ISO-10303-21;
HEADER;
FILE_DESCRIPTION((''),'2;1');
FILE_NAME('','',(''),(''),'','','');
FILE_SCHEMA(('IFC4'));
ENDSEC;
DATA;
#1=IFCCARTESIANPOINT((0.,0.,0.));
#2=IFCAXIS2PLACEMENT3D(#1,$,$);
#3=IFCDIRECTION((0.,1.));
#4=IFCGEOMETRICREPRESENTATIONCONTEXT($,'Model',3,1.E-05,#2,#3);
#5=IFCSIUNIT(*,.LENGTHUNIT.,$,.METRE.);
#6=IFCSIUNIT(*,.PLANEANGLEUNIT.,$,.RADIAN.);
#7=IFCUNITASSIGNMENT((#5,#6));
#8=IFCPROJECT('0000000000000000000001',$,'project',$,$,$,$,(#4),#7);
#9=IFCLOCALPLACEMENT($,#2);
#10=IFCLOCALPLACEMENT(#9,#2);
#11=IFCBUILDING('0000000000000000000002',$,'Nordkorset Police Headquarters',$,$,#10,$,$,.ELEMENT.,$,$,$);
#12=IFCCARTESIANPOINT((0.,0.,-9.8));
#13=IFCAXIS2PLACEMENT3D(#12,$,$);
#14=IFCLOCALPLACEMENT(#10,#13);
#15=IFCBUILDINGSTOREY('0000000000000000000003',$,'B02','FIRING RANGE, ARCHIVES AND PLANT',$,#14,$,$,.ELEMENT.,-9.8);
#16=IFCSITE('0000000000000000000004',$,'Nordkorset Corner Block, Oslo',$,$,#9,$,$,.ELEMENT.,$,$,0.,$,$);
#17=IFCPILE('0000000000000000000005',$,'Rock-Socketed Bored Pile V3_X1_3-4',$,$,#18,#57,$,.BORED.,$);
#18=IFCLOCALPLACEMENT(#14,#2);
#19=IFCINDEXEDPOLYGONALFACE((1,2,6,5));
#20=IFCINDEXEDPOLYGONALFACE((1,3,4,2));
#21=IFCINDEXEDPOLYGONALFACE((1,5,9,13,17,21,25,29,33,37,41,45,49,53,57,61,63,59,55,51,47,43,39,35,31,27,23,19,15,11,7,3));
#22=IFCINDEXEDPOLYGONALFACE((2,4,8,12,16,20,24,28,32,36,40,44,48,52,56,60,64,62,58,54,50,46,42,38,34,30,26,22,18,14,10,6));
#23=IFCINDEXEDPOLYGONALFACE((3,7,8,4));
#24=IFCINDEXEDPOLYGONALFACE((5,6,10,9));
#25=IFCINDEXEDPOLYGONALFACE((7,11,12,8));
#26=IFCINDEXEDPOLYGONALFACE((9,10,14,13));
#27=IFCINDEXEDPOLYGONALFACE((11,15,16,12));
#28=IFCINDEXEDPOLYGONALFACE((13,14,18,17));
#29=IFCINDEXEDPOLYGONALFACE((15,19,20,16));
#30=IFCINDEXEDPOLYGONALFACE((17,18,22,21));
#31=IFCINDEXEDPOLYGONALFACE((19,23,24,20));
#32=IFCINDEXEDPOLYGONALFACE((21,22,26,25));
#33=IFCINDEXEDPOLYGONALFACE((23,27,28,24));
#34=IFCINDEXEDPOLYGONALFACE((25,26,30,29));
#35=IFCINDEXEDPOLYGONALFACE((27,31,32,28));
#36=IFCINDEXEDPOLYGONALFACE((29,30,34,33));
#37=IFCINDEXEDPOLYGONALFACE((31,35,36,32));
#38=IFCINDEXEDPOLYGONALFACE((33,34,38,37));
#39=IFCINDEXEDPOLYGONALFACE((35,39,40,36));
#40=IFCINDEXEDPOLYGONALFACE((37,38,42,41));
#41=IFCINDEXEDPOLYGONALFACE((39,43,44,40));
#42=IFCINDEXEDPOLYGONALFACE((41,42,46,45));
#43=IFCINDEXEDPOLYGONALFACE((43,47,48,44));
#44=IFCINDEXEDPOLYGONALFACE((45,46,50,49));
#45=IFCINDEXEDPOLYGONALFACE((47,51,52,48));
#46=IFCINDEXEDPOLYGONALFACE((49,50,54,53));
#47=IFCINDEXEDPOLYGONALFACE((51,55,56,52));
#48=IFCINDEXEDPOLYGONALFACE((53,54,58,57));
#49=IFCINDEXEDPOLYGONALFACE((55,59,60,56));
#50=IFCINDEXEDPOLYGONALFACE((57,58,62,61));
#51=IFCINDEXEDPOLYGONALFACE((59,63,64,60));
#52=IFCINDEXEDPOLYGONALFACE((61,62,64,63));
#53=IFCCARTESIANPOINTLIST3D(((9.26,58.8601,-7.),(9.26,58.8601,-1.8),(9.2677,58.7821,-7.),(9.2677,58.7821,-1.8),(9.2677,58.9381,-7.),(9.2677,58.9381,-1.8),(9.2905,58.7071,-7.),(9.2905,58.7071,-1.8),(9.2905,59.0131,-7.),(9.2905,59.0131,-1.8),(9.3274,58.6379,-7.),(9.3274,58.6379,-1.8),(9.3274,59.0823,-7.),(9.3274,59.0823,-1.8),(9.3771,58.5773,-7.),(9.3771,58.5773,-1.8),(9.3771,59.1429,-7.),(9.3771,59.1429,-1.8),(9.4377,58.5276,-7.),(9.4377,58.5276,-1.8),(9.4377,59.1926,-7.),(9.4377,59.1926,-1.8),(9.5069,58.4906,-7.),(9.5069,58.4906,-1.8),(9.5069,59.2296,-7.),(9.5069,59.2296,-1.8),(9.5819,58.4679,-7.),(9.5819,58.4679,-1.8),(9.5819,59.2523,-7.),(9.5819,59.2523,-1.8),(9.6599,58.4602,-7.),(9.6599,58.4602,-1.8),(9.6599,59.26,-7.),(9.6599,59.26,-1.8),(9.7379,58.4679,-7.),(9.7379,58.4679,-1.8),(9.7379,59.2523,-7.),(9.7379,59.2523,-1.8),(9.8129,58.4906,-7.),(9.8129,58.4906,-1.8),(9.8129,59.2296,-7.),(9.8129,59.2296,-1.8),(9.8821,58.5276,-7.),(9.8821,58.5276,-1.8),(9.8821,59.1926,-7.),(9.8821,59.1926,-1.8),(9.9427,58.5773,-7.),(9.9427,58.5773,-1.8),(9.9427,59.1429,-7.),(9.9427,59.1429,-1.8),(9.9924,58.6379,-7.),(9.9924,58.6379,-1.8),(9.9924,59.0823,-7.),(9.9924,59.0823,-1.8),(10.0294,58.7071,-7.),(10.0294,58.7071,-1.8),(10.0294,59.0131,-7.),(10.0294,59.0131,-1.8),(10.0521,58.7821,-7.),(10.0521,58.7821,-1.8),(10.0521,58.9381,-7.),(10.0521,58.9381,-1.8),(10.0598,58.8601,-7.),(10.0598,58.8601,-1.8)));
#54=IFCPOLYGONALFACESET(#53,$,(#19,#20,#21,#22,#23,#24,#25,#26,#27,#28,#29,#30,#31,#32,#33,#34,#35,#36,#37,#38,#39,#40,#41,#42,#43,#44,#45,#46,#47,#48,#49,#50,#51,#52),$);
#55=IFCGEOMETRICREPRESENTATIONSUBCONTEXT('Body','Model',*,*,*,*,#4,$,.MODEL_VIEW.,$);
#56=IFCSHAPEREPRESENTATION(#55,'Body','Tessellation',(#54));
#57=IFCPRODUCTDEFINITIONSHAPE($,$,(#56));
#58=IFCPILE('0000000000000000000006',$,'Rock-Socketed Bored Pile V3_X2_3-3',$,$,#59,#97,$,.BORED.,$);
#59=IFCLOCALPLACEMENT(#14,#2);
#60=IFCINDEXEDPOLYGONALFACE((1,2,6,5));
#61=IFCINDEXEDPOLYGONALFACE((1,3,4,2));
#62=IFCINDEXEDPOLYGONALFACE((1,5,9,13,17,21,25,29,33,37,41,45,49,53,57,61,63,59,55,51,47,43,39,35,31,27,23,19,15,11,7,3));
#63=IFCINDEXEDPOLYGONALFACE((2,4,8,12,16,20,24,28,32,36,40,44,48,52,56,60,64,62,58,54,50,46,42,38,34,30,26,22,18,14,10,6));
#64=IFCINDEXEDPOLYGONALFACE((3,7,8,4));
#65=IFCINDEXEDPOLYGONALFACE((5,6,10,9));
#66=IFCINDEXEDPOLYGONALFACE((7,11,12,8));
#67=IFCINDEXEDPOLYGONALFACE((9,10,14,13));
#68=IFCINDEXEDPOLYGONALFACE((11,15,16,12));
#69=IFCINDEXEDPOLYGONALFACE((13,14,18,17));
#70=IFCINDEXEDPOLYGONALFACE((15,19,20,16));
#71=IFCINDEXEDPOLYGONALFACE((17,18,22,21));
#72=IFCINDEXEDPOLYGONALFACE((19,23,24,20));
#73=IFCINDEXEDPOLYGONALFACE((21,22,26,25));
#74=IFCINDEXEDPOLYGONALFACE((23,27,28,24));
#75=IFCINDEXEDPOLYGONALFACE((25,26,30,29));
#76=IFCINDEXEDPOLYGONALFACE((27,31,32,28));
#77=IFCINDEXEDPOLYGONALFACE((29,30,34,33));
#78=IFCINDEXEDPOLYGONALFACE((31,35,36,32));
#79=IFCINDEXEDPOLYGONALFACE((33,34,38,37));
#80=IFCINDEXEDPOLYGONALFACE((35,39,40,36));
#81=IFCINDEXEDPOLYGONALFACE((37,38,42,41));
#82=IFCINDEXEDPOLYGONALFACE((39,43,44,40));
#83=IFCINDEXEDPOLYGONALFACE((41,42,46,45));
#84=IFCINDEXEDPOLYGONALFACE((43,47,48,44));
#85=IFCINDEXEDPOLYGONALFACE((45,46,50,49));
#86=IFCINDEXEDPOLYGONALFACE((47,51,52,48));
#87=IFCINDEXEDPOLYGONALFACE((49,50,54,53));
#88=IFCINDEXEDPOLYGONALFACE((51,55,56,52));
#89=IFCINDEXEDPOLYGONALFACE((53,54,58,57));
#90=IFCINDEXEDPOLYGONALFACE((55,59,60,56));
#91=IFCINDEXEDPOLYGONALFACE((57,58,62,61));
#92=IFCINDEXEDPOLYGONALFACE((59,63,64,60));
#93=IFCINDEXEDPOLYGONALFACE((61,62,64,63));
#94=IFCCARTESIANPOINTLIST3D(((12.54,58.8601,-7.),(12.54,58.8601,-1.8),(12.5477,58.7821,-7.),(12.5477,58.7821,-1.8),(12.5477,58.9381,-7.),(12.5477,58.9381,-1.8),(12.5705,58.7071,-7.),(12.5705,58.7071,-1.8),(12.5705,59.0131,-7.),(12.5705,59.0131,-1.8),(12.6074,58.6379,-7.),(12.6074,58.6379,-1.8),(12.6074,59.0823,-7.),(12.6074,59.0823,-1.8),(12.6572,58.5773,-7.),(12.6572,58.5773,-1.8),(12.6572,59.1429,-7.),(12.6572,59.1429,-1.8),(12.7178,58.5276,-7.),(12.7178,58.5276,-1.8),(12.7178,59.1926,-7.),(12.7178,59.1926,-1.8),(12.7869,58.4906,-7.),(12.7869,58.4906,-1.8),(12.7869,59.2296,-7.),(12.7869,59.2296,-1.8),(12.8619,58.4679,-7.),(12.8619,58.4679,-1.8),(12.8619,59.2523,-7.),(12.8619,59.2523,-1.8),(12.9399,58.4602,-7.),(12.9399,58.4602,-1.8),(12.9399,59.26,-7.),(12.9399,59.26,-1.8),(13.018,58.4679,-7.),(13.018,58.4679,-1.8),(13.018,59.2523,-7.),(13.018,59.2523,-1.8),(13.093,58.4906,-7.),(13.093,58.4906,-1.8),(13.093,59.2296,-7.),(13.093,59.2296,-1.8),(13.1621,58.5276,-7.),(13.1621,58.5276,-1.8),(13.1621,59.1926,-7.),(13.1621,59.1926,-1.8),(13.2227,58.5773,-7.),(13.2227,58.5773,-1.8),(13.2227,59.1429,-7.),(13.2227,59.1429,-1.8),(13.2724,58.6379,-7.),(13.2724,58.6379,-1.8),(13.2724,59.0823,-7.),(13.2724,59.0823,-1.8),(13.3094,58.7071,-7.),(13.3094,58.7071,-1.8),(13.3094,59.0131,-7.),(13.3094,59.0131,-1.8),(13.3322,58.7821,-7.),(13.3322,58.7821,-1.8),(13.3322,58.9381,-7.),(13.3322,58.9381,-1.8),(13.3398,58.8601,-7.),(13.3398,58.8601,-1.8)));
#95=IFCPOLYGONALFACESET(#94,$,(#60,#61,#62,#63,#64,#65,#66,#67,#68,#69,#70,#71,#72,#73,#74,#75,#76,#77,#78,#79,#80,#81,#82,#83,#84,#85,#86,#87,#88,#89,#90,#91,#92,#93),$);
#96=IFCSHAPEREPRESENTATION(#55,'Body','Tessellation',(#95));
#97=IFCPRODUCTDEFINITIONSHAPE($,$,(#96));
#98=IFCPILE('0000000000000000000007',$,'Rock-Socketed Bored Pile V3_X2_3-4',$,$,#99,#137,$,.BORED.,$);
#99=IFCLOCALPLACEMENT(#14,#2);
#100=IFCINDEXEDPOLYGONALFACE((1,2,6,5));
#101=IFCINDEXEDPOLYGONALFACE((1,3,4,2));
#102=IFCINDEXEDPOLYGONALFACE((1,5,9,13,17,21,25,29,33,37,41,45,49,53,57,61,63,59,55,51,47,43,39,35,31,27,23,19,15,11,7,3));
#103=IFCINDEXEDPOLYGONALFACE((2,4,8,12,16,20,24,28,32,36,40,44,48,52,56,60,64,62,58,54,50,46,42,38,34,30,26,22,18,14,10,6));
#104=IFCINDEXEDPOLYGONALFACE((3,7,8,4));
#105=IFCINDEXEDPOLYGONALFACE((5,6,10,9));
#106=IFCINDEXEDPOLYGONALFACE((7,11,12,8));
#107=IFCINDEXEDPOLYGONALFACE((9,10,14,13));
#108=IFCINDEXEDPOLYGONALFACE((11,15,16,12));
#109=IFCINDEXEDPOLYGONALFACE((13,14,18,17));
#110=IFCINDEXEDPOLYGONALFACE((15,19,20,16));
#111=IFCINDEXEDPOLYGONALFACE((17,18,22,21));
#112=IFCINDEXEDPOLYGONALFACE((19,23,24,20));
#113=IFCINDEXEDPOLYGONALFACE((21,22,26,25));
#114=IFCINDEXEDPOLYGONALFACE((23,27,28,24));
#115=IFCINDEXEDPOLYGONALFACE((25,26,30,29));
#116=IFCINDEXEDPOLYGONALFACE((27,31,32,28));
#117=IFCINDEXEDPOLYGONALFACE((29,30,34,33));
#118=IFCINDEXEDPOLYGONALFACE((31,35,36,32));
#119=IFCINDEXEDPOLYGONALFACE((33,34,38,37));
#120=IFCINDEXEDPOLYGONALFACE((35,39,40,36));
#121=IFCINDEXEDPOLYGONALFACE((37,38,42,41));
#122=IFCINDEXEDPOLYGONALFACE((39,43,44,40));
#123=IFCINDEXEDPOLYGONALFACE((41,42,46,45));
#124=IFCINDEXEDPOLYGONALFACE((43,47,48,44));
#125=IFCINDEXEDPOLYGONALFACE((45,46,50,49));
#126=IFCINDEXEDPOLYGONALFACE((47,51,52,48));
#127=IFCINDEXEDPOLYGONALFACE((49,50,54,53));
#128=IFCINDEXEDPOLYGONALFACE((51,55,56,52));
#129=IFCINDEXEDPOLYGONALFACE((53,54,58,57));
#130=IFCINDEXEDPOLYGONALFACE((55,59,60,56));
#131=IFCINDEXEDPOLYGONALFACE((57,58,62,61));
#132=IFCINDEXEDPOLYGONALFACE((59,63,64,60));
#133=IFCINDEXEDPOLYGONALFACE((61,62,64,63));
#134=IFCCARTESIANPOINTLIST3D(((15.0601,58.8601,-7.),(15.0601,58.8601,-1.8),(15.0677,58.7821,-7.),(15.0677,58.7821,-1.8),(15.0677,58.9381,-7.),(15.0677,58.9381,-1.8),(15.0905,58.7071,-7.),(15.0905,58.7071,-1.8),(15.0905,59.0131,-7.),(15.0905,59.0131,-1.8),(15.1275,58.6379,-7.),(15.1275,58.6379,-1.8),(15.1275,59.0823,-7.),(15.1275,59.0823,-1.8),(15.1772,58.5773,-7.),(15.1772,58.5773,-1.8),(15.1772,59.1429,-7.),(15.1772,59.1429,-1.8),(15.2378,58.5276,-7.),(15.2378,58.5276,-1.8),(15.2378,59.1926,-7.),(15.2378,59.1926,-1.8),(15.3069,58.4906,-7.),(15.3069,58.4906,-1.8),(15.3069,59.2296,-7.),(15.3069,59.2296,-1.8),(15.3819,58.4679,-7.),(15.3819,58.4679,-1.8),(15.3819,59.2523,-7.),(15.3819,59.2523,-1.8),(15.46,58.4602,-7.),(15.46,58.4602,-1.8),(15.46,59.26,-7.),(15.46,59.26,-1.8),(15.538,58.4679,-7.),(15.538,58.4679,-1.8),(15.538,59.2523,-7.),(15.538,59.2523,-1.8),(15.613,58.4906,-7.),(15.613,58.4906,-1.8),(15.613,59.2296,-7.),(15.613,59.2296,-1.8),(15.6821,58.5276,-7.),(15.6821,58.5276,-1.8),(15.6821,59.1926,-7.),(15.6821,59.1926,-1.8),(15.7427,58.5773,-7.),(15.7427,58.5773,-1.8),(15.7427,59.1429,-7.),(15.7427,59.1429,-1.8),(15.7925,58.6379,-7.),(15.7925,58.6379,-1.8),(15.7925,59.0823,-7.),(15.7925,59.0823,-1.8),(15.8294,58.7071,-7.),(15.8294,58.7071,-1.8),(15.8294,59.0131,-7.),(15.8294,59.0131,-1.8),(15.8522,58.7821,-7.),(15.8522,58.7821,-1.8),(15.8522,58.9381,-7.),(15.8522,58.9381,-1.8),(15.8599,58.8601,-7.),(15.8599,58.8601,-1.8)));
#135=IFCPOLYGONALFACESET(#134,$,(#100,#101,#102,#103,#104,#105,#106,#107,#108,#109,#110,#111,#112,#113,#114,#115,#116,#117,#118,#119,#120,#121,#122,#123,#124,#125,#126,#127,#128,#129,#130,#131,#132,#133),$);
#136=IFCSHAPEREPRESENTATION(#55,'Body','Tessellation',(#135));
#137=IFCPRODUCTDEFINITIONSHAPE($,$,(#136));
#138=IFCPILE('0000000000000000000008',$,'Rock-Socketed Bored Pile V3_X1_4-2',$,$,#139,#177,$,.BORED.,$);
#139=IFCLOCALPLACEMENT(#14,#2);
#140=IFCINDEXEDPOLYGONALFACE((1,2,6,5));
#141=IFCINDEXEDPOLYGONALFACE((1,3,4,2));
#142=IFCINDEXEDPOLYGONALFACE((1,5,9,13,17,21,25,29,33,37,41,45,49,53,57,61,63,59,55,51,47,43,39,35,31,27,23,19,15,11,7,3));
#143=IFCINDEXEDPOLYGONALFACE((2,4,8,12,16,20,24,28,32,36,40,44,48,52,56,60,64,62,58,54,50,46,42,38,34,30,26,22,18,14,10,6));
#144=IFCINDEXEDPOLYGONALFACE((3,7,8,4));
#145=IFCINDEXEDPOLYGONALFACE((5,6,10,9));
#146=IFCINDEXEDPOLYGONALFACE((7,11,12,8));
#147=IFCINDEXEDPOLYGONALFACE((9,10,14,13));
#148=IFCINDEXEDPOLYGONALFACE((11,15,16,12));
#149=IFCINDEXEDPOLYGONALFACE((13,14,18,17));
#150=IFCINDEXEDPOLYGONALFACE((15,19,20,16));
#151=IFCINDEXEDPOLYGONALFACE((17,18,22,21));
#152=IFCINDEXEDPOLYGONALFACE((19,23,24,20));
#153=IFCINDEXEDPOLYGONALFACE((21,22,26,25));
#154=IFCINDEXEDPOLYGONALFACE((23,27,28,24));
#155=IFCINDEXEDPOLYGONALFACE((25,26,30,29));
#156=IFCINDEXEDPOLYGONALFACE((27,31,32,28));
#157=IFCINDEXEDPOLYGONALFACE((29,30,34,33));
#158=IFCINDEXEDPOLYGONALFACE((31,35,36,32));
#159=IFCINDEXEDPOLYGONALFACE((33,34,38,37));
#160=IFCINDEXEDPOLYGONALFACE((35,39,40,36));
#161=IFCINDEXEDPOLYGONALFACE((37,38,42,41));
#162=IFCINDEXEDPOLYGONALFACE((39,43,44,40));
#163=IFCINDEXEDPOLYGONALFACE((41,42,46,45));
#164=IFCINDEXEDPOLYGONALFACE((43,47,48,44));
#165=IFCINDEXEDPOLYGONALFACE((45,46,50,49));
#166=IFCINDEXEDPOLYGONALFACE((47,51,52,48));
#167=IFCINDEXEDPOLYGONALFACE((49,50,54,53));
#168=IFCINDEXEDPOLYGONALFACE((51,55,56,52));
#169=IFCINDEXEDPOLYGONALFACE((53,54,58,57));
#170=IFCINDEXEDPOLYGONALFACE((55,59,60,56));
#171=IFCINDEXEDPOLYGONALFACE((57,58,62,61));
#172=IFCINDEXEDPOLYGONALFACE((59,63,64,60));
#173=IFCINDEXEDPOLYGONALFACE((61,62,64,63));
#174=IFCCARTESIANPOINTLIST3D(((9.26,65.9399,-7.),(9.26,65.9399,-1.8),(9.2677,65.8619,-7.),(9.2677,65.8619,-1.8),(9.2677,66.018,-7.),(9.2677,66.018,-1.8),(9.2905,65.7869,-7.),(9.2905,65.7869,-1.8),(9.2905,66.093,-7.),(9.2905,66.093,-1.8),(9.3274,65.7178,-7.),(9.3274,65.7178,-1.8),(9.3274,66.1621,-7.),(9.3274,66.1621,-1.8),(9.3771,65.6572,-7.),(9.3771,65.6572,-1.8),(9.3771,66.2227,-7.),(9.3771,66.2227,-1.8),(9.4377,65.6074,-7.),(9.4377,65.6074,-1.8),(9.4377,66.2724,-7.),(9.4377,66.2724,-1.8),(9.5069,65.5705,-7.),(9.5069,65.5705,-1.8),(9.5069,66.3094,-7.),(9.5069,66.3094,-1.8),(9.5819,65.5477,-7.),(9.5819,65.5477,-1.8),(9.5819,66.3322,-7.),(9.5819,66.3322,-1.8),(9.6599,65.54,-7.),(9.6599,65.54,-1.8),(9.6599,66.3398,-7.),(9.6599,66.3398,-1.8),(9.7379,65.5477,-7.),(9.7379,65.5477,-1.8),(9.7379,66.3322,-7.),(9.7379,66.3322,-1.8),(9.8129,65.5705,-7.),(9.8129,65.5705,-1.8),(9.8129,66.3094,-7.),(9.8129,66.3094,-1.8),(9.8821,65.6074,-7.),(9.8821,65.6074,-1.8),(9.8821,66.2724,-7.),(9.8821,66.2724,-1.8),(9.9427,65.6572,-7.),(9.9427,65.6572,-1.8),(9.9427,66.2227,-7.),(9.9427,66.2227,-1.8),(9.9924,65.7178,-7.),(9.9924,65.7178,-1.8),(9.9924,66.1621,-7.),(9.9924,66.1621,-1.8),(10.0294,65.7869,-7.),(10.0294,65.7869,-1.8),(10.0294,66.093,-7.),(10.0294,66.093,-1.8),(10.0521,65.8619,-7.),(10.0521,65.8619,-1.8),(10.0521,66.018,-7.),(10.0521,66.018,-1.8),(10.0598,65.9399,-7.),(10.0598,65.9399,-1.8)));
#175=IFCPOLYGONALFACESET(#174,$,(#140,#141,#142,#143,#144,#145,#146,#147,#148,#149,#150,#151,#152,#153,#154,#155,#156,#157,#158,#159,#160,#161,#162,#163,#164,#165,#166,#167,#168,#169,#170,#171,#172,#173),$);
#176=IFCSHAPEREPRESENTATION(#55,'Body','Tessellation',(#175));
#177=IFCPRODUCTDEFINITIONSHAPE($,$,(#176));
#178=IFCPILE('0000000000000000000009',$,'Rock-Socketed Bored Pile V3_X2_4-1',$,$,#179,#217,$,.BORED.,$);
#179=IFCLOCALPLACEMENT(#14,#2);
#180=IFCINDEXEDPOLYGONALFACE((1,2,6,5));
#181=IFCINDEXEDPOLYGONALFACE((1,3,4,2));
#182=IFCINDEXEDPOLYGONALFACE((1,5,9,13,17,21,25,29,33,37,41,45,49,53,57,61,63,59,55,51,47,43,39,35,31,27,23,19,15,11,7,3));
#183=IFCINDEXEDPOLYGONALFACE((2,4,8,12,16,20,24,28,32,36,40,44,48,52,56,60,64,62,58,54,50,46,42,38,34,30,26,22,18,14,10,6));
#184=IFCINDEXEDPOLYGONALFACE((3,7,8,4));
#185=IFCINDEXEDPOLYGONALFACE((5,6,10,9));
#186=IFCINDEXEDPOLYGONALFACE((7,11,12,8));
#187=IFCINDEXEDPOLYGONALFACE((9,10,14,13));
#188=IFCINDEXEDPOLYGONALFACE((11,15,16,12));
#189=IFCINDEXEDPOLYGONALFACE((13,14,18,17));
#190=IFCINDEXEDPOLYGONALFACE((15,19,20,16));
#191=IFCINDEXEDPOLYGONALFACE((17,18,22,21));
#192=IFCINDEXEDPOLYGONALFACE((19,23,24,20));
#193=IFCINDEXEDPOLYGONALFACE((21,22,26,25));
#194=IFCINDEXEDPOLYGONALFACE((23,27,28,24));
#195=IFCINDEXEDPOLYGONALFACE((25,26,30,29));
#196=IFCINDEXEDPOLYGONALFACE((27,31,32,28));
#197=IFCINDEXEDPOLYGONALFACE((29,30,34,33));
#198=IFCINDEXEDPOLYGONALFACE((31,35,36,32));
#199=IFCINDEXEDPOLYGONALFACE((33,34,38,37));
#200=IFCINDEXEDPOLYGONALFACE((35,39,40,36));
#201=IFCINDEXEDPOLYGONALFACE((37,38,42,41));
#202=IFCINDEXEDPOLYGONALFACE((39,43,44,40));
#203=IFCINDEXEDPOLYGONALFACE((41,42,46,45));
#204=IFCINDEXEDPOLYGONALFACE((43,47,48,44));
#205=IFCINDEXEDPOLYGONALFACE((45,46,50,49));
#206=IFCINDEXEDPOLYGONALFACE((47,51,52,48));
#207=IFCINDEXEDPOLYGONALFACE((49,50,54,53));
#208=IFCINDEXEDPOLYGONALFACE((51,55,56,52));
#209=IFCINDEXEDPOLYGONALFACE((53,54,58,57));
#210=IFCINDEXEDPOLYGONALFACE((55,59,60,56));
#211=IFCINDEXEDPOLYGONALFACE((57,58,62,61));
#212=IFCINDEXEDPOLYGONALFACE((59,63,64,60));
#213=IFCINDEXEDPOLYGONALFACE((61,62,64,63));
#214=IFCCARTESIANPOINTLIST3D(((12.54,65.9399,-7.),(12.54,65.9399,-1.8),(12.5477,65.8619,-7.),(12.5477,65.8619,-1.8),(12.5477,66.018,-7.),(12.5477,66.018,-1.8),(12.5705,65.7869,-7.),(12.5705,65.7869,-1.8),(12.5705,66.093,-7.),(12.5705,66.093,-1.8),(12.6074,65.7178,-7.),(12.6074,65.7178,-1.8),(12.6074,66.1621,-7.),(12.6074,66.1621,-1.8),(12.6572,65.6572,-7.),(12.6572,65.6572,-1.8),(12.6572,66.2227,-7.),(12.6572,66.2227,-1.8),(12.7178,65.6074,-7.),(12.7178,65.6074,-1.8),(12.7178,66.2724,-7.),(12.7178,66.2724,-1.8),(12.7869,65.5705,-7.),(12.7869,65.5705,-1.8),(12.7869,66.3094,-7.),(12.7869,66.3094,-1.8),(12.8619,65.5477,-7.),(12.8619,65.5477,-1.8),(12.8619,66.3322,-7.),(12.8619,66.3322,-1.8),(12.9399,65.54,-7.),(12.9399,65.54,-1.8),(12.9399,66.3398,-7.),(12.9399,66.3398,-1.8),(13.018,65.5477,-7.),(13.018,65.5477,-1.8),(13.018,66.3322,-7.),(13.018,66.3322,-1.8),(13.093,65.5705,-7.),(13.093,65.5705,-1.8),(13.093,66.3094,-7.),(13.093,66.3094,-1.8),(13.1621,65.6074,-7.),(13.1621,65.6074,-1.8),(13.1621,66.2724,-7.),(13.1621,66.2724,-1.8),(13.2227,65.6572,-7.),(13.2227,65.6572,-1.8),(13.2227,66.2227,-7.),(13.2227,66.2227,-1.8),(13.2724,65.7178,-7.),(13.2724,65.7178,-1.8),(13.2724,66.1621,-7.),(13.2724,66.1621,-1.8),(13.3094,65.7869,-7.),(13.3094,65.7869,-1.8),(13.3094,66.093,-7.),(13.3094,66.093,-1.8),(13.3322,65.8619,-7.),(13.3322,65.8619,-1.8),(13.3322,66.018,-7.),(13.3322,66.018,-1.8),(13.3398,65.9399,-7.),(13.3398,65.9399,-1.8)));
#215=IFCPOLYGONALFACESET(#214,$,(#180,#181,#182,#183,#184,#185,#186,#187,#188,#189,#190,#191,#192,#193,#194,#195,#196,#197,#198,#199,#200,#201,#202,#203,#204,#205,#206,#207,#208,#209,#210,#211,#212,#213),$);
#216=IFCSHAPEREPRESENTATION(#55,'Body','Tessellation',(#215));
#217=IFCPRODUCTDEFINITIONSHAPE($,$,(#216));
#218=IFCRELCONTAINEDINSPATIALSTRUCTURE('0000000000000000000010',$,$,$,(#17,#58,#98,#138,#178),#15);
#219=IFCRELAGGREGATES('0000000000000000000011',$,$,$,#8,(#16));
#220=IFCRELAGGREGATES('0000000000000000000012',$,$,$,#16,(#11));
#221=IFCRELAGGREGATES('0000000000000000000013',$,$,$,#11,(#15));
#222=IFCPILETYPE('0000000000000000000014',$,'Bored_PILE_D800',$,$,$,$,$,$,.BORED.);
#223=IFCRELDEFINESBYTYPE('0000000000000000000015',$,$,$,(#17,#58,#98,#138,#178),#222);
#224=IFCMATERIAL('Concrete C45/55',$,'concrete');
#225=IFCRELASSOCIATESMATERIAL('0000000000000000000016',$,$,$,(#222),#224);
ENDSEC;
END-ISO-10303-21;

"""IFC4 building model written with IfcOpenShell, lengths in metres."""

from ifc_helpers import new_model, si_unit, direction, frame, origin, origin_2d, place, context, subcontext, project, spatial, circle, extrude, material, material_profile, profile_set, type_object, element, save


model = new_model("IFC4")

# Units and contexts
model_context = context("Model", 3, precision=1e-05, world=origin(), true_north=direction((0.0, 1.0)))
body_context = subcontext(model_context, "Body", "Model", "MODEL_VIEW")
ifc_project = project(units=[si_unit("LENGTHUNIT", "METRE"), si_unit("PLANEANGLEUNIT", "RADIAN")], contexts=[model_context])

# Site, building, storey
site_placement = place(None, origin())
site = spatial("IfcSite", under=ifc_project, at=site_placement, Name="Nordkorset Corner Block, Oslo", CompositionType="ELEMENT", RefElevation=0.0)
building_placement = place(site_placement, origin())
building = spatial("IfcBuilding", under=site, at=building_placement, Name="Nordkorset Police Headquarters", CompositionType="ELEMENT")
storey_placement = place(building_placement, frame((0.0, 0.0, -9.8)))
storey = spatial("IfcBuildingStorey", under=building, at=storey_placement, Name="B02", Description="FIRING RANGE, ARCHIVES AND PLANT", CompositionType="ELEMENT", Elevation=-9.8)

# Piles
ifc_material_1 = material(Name="Concrete C45/55", Category="concrete")
ifc_material_profile_1 = material_profile(ifc_material_1, circle(Radius=0.3999, at=origin_2d()), Name="PILE D800")
ifc_profile_set_1 = profile_set([ifc_material_profile_1], Name="Concrete C45/55")
pile_type_1 = type_object("IfcPileType", Name="Bored_PILE_D800", PredefinedType="BORED", material=ifc_profile_set_1)
for number, where, z_axis, x_axis, name in (
    (1, (9.6599, 58.8601, -1.8), (0.0, 0.0, -1.0), (1.0, 0.0, 0.0), "Rock-Socketed Bored Pile V3_X1_3-4"),
    (2, (12.9399, 58.8601, -1.8), (0.0, 0.0, -1.0), (1.0, 0.0, 0.0), "Rock-Socketed Bored Pile V3_X2_3-3"),
    (3, (15.46, 58.8601, -1.8), (0.0, 0.0, -1.0), (1.0, 0.0, 0.0), "Rock-Socketed Bored Pile V3_X2_3-4"),
    (4, (9.6599, 65.9399, -1.8), (0.0, 0.0, -1.0), (1.0, 0.0, 0.0), "Rock-Socketed Bored Pile V3_X1_4-2"),
    (5, (12.9399, 65.9399, -1.8), (0.0, 0.0, -1.0), (1.0, 0.0, 0.0), "Rock-Socketed Bored Pile V3_X2_4-1"),
):
    element("IfcPile", number, at=place(storey_placement, frame(where, z_axis=z_axis, x_axis=x_axis)), inside=storey, type_object=pile_type_1, Name=name, PredefinedType="BORED", context=body_context, shape_type="SweptSolid", body=[
        extrude(circle(Radius=0.3999, at=origin_2d()), origin(), (0.0, 0.0, 1.0), 5.2),
    ])

save(model, "model.ifc")
